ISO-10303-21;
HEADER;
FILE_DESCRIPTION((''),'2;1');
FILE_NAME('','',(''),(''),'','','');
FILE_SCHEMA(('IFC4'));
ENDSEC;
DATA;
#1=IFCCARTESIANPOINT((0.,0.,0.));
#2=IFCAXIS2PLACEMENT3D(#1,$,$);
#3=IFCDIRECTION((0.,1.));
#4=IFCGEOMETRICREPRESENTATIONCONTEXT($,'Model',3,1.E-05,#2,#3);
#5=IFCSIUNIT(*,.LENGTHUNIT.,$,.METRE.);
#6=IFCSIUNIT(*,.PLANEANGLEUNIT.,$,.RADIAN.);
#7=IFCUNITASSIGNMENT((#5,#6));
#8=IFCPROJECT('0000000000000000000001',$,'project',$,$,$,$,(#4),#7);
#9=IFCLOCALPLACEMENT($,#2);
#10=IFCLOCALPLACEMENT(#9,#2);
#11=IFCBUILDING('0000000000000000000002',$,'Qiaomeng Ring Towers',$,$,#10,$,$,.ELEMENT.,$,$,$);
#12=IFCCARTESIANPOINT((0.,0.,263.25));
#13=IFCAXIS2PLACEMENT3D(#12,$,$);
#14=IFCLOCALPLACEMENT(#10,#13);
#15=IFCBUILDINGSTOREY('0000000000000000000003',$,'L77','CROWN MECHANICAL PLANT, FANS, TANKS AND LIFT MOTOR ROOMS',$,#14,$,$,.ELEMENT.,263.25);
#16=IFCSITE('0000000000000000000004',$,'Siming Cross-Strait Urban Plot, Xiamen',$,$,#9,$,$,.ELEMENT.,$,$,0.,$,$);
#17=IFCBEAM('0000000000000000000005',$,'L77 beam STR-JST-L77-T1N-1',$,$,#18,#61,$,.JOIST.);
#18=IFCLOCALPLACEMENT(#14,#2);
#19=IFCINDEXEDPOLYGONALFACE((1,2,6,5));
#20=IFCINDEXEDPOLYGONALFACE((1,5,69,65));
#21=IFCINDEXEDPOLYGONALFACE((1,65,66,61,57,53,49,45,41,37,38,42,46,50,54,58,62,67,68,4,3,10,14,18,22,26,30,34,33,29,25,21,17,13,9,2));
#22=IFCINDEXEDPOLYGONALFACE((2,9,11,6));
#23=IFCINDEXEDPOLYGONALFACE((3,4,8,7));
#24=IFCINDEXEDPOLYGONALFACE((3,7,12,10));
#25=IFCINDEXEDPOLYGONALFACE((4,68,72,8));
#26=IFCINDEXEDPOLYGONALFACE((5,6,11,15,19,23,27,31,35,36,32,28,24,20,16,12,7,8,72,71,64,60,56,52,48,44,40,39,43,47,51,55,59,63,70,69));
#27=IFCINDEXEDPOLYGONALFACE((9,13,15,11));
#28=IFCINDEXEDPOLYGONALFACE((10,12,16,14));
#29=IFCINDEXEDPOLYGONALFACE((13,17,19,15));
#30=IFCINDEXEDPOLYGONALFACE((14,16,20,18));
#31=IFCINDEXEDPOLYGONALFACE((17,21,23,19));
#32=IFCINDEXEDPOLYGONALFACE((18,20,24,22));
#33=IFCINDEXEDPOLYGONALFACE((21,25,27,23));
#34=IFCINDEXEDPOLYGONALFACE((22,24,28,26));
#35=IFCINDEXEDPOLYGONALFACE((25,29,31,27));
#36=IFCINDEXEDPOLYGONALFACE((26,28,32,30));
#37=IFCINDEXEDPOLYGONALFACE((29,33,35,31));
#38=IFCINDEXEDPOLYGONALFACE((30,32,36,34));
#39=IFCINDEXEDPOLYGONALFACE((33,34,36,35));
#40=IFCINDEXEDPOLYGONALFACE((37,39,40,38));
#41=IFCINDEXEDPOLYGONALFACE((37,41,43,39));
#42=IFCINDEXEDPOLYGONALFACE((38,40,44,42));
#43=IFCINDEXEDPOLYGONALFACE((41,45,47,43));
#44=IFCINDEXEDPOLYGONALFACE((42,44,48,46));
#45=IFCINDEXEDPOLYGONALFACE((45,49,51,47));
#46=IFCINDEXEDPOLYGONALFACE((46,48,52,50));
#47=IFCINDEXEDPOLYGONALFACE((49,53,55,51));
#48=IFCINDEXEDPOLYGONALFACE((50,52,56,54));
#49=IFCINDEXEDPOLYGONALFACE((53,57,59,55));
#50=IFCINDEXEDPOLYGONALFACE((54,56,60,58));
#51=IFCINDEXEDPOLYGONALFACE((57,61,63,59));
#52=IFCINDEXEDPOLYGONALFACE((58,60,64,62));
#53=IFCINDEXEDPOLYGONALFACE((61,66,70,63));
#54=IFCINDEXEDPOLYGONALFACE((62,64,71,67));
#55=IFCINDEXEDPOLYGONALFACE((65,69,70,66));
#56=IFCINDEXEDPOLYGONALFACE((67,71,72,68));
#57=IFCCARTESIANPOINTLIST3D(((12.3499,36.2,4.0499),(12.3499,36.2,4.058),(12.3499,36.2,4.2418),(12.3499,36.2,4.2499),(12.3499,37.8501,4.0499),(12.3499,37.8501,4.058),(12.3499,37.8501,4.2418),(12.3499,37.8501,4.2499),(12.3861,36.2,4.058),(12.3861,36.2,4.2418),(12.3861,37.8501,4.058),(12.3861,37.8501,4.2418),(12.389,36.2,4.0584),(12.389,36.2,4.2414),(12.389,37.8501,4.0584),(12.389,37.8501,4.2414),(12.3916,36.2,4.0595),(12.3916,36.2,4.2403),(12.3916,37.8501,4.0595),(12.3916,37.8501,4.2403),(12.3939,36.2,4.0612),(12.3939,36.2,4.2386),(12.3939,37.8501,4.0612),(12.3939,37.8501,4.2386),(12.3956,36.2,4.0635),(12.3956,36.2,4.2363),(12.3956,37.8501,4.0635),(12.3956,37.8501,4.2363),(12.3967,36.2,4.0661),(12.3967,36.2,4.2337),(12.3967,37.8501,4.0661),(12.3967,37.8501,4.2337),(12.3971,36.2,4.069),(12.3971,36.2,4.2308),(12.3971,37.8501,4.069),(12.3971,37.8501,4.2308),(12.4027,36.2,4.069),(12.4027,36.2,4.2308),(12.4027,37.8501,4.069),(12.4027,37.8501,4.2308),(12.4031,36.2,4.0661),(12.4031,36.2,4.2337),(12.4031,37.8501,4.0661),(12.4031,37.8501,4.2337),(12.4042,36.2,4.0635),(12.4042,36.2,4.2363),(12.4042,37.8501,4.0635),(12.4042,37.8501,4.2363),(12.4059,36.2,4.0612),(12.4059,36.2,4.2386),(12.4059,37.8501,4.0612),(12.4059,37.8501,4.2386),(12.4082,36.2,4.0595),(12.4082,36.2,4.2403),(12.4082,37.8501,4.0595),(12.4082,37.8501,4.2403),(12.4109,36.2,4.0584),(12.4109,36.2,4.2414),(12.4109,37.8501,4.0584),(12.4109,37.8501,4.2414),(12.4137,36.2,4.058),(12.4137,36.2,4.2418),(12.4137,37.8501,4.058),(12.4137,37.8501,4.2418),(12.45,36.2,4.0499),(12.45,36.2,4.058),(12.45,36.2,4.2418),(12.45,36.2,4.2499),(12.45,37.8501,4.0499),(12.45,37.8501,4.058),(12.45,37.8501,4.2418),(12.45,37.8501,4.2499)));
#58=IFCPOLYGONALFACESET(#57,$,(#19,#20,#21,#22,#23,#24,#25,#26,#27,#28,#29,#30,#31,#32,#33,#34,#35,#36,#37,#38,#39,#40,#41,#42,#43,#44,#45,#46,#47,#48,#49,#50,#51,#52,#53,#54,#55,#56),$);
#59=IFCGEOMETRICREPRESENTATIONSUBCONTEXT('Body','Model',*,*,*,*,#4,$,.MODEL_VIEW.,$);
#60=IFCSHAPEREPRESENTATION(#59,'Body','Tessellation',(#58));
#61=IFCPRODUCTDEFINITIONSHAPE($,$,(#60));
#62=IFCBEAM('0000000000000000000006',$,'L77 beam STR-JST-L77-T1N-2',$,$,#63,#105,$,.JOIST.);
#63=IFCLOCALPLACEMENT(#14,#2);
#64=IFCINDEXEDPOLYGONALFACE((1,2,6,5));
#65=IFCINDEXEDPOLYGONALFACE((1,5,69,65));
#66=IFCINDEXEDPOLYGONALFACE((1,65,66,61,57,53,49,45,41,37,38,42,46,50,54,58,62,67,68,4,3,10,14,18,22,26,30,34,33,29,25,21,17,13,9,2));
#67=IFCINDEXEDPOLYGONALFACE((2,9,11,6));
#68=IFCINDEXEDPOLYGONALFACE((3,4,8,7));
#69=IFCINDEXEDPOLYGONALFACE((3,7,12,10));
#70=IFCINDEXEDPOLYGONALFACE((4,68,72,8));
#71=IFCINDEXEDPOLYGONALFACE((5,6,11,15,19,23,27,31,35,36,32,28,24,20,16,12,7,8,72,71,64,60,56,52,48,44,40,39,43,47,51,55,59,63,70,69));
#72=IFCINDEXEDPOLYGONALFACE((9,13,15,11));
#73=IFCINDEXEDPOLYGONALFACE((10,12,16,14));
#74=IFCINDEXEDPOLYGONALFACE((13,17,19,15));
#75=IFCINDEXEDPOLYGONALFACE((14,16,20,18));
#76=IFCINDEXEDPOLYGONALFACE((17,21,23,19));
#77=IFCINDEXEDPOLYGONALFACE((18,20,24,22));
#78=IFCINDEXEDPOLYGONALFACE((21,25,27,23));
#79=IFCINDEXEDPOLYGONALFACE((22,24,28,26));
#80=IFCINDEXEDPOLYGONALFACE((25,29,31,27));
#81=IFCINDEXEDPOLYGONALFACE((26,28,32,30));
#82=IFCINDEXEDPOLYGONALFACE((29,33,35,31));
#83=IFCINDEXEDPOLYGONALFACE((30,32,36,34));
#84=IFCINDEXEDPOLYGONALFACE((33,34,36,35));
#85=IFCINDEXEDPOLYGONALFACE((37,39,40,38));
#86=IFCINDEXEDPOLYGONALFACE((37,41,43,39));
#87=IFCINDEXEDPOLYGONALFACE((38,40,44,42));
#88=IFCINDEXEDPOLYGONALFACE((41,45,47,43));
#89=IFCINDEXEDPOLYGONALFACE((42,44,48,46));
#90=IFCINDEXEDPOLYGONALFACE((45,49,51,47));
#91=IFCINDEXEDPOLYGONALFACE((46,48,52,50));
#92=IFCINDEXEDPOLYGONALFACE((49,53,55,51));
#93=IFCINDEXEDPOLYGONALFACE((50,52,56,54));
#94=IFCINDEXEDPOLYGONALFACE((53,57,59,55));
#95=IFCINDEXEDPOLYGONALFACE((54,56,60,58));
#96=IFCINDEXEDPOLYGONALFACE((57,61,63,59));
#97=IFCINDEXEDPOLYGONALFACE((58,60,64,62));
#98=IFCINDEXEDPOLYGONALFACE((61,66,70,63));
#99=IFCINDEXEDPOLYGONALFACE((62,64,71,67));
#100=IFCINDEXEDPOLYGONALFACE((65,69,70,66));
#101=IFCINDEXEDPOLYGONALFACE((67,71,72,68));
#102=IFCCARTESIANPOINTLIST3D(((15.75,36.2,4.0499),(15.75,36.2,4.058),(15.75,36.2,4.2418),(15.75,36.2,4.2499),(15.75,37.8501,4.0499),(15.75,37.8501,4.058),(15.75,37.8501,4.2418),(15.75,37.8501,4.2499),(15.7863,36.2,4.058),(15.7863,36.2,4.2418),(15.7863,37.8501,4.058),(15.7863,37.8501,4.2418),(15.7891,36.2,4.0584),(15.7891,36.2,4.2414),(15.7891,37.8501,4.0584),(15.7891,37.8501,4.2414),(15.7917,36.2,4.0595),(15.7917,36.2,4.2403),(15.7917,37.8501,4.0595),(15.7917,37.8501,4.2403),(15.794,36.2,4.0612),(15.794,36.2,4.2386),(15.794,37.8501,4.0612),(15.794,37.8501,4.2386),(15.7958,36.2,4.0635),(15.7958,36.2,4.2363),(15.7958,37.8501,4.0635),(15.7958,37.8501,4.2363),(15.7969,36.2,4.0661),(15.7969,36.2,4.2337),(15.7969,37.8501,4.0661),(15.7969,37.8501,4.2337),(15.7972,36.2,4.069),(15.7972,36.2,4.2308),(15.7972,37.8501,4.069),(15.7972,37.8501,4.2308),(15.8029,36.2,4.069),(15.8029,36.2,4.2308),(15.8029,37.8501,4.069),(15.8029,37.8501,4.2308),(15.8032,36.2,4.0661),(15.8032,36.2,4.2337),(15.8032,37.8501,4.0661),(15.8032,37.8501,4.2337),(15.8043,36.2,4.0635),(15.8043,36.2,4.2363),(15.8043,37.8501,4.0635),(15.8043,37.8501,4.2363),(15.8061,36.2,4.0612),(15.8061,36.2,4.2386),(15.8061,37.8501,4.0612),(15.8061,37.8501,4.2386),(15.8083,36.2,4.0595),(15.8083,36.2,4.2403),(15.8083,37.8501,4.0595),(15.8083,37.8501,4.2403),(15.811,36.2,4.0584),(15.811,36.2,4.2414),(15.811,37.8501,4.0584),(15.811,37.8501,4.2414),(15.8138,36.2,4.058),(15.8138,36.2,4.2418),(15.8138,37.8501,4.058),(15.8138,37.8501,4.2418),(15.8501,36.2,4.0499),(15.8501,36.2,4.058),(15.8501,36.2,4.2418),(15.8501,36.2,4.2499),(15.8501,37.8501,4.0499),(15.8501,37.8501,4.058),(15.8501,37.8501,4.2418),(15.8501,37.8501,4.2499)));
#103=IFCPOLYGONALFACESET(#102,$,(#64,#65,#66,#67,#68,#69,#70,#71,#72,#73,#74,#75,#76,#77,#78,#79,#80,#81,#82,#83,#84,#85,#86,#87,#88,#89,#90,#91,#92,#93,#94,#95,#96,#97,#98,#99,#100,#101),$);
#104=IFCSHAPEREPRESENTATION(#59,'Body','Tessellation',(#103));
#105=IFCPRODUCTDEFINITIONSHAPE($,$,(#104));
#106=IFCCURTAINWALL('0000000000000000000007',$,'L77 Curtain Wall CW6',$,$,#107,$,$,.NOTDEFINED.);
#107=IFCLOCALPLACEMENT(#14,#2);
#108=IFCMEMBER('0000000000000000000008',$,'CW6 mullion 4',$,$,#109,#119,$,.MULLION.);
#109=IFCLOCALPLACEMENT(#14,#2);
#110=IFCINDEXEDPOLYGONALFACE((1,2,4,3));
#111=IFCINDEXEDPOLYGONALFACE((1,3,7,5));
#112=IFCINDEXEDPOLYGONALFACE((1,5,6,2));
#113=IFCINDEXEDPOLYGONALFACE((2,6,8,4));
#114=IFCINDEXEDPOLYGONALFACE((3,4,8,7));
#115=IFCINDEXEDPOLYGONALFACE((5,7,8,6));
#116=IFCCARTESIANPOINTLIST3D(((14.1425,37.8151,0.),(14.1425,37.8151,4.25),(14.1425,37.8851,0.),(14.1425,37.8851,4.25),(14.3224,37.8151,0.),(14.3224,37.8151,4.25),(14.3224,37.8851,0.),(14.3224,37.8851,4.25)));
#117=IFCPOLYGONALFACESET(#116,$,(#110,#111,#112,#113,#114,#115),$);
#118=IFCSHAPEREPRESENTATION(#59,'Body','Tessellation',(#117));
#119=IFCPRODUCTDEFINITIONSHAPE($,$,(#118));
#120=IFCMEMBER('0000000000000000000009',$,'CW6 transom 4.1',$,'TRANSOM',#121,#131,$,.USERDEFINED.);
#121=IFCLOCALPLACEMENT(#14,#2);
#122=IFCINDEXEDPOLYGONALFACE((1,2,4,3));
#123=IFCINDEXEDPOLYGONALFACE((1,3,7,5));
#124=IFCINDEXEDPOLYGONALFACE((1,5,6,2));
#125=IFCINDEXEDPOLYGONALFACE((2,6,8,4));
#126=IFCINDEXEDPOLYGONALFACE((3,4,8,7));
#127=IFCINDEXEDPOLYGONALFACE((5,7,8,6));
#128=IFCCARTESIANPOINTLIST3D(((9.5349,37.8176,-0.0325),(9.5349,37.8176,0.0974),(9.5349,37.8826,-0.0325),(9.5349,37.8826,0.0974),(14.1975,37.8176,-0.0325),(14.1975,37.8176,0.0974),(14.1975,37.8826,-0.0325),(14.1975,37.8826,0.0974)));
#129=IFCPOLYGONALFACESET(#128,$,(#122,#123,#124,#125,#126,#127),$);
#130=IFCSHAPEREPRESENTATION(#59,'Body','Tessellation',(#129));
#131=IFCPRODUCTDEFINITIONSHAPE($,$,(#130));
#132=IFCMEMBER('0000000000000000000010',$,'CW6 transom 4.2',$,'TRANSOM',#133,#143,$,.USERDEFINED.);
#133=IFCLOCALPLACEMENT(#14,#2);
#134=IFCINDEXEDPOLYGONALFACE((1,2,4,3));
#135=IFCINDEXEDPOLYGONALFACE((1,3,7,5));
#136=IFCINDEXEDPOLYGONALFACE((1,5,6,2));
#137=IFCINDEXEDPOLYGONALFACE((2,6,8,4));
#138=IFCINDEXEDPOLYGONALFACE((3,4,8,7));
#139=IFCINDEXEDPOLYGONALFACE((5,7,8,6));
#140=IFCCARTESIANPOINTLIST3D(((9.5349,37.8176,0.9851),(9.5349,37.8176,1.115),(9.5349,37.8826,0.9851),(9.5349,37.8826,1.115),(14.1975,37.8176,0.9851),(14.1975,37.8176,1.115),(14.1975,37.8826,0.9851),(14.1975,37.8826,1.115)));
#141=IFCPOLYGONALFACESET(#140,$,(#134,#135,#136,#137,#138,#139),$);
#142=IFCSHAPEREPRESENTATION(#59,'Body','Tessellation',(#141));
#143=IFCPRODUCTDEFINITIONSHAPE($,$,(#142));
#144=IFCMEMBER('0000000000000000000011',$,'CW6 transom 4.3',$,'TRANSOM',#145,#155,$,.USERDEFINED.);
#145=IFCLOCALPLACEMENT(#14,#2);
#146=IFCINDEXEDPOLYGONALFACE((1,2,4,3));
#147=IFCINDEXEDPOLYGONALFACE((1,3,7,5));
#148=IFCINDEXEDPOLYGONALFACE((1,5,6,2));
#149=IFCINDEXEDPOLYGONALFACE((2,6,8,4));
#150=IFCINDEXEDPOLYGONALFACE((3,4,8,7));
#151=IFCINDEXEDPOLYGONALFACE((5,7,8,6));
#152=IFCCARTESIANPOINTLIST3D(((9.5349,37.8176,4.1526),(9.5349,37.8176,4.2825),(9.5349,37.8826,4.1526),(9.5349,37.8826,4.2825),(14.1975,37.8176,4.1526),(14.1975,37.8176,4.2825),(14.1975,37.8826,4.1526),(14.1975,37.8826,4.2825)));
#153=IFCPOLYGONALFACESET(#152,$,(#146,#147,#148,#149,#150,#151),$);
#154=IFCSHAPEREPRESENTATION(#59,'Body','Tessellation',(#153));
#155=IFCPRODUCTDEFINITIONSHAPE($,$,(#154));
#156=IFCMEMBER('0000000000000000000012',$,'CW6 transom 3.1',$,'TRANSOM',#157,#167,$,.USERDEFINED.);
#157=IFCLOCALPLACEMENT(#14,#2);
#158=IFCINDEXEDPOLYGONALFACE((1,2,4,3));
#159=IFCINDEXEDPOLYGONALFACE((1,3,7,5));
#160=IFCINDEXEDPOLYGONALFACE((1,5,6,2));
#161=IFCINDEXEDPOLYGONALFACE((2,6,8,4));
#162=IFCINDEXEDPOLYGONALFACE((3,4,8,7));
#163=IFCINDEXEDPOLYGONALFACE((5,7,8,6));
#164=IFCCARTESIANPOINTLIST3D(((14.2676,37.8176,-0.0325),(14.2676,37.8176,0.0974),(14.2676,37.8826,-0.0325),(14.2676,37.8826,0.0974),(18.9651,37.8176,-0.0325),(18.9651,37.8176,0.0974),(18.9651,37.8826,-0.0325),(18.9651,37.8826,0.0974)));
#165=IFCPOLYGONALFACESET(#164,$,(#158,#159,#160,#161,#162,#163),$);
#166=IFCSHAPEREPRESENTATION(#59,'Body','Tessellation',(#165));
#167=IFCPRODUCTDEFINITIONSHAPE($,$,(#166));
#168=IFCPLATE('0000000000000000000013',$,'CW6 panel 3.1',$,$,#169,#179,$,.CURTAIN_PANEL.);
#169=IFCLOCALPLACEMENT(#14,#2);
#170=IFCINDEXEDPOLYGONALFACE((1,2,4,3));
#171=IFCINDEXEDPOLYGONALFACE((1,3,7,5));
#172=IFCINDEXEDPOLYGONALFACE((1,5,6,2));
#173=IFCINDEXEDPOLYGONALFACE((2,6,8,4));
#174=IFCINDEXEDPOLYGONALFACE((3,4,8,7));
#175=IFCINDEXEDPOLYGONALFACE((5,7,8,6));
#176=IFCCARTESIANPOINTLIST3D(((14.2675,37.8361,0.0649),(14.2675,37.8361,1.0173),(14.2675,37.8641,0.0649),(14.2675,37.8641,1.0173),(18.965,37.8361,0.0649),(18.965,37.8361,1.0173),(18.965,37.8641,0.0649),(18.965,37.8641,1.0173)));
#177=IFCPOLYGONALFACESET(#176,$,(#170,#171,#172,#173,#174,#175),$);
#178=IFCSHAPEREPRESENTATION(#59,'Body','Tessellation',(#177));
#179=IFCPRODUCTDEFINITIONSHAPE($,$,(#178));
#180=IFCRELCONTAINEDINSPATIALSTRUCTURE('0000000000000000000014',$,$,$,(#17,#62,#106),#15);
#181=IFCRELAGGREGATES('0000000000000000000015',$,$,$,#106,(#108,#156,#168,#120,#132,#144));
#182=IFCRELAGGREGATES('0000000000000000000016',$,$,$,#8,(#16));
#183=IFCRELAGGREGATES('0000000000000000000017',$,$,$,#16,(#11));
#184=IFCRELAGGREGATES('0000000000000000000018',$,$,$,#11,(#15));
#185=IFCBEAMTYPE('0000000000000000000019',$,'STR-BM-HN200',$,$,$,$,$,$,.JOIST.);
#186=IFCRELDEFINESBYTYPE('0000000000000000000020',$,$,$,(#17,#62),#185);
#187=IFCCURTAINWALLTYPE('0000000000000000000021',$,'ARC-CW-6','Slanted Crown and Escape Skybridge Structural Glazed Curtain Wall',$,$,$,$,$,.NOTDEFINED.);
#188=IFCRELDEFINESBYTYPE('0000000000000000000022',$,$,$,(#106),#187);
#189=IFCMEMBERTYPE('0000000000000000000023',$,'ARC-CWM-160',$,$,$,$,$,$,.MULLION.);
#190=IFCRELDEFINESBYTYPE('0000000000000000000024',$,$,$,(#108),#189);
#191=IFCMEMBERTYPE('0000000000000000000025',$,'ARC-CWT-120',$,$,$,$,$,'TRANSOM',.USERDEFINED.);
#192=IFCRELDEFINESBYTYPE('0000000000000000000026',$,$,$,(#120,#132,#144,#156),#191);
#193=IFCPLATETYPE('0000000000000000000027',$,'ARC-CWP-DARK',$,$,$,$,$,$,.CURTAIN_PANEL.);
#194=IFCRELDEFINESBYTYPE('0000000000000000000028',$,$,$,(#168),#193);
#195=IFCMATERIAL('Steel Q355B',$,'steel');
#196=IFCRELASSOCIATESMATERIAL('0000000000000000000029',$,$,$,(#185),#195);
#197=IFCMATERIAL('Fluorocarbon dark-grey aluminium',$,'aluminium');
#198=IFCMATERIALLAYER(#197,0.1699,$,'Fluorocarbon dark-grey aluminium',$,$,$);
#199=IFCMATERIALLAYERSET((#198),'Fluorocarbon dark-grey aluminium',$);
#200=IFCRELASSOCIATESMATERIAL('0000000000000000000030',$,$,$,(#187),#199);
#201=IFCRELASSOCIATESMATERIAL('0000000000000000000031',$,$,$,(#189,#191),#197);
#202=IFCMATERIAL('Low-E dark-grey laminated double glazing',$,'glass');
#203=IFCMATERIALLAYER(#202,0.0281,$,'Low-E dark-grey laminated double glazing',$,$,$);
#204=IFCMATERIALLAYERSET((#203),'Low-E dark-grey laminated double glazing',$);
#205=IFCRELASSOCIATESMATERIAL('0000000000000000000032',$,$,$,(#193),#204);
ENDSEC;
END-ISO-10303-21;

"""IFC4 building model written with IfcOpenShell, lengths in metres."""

from ifc_helpers import new_model, si_unit, direction, frame, origin, origin_2d, place, context, subcontext, project, spatial, rectangle, i_section, extrude, source, transform, mapped, material, layer, layer_set, material_profile, profile_set, type_object, element, aggregate, save


model = new_model("IFC4")

# Units and contexts
model_context = context("Model", 3, precision=1e-05, world=origin(), true_north=direction((0.0, 1.0)))
body_context = subcontext(model_context, "Body", "Model", "MODEL_VIEW")
ifc_project = project(units=[si_unit("LENGTHUNIT", "METRE"), si_unit("PLANEANGLEUNIT", "RADIAN")], contexts=[model_context])

# Site, building, storey
site_placement = place(None, origin())
site = spatial("IfcSite", under=ifc_project, at=site_placement, Name="Siming Cross-Strait Urban Plot, Xiamen", CompositionType="ELEMENT", RefElevation=0.0)
building_placement = place(site_placement, origin())
building = spatial("IfcBuilding", under=site, at=building_placement, Name="Qiaomeng Ring Towers", CompositionType="ELEMENT")
storey_placement = place(building_placement, frame((0.0, 0.0, 263.25)))
storey = spatial("IfcBuildingStorey", under=building, at=storey_placement, Name="L77", Description="CROWN MECHANICAL PLANT, FANS, TANKS AND LIFT MOTOR ROOMS", CompositionType="ELEMENT", Elevation=263.25)

# Beams
ifc_material_1 = material(Name="Steel Q355B", Category="steel")
ifc_material_profile_1 = material_profile(ifc_material_1, i_section(OverallWidth=0.1001, OverallDepth=0.2, WebThickness=0.0056, FlangeThickness=0.0081, FilletRadius=0.011, at=origin_2d()), Name="HN 200x100x5.5x8")
ifc_profile_set_1 = profile_set([ifc_material_profile_1], Name="Steel Q355B")
beam_type = type_object("IfcBeamType", Name="STR-BM-HN200", PredefinedType="JOIST", material=ifc_profile_set_1)
shared_shape_1 = source(origin(), body_context, "Body", "SweptSolid", [
    extrude(i_section(OverallWidth=0.1001, OverallDepth=0.2, WebThickness=0.0056, FlangeThickness=0.0081, FilletRadius=0.011, at=origin_2d()), origin(), (0.0, 0.0, 1.0), 1.6501),
])
for number, where, z_axis, x_axis, name in (
    (1, (12.3999, 36.2, 4.1499), (0.0, 1.0, 0.0), (-1.0, 0.0, 0.0), "L77 beam STR-JST-L77-T1N-1"),
    (2, (15.8, 36.2, 4.1499), (0.0, 1.0, 0.0), (-1.0, 0.0, 0.0), "L77 beam STR-JST-L77-T1N-2"),
):
    element("IfcBeam", number, at=place(storey_placement, frame(where, z_axis=z_axis, x_axis=x_axis)), inside=storey, type_object=beam_type, Name=name, PredefinedType="JOIST", context=body_context, shape_type="MappedRepresentation", body=[
        mapped(shared_shape_1, transform((0.0, 0.0, 0.0), x_axis=(1.0, 0.0, 0.0), y_axis=(0.0, 1.0, 0.0), z_axis=(0.0, 0.0, 1.0), scale=1.0)),
    ])

# Curtain wall, members, plate
ifc_material_2 = material(Name="Fluorocarbon dark-grey aluminium", Category="aluminium")
ifc_layer_1 = layer(ifc_material_2, 0.1699, Name="Fluorocarbon dark-grey aluminium")
ifc_layer_set_1 = layer_set([ifc_layer_1], Name="Fluorocarbon dark-grey aluminium")
curtain_wall_type = type_object("IfcCurtainWallType", Name="ARC-CW-6", Description="Slanted Crown and Escape Skybridge Structural Glazed Curtain Wall", PredefinedType="NOTDEFINED", material=ifc_layer_set_1)
curtain_wall_placement = place(storey_placement, origin())
curtain_wall = element("IfcCurtainWall", 3, at=curtain_wall_placement, inside=storey, type_object=curtain_wall_type, Name="L77 Curtain Wall CW6", PredefinedType="NOTDEFINED")
ifc_material_profile_2 = material_profile(ifc_material_2, rectangle(XDim=0.0701, YDim=0.1799, at=origin_2d()), Name="ALU MULL 70x180")
ifc_profile_set_2 = profile_set([ifc_material_profile_2], Name="Fluorocarbon dark-grey aluminium")
member_type_1 = type_object("IfcMemberType", Name="ARC-CWM-160", PredefinedType="MULLION", material=ifc_profile_set_2)
shared_shape_2 = source(origin(), body_context, "Body", "SweptSolid", [
    extrude(rectangle(XDim=0.0701, YDim=0.1799, at=origin_2d()), origin(), (0.0, 0.0, 1.0), 4.25),
])
member_1_placement = place(storey_placement, frame((14.2324, 37.8501, 0.0), z_axis=(0.0, 0.0, 1.0), x_axis=(0.0, -1.0, 0.0)))
member_1 = element("IfcMember", 4, at=member_1_placement, type_object=member_type_1, Name="CW6 mullion 4", PredefinedType="MULLION", context=body_context, shape_type="MappedRepresentation", body=[
    mapped(shared_shape_2, transform((0.0, 0.0, 0.0), x_axis=(1.0, 0.0, 0.0), y_axis=(0.0, 1.0, 0.0), z_axis=(0.0, 0.0, 1.0), scale=1.0)),
])
ifc_material_profile_3 = material_profile(ifc_material_2, rectangle(XDim=0.0649, YDim=0.1299, at=origin_2d()), Name="ALU TRAN 65x130")
ifc_profile_set_3 = profile_set([ifc_material_profile_3], Name="Fluorocarbon dark-grey aluminium")
member_type_2 = type_object("IfcMemberType", Name="ARC-CWT-120", ElementType="TRANSOM", PredefinedType="USERDEFINED", material=ifc_profile_set_3)
shared_shape_3 = source(origin(), body_context, "Body", "SweptSolid", [
    extrude(rectangle(XDim=0.0649, YDim=0.1299, at=origin_2d()), origin(), (0.0, 0.0, 1.0), 4.6626),
])
member_2_placement = place(storey_placement, frame((14.1975, 37.8501, 0.0325), z_axis=(-1.0, 0.0, 0.0), x_axis=(0.0, -1.0, 0.0)))
member_2 = element("IfcMember", 5, at=member_2_placement, type_object=member_type_2, Name="CW6 transom 4.1", ObjectType="TRANSOM", PredefinedType="USERDEFINED", context=body_context, shape_type="MappedRepresentation", body=[
    mapped(shared_shape_3, transform((0.0, 0.0, 0.0), x_axis=(1.0, 0.0, 0.0), y_axis=(0.0, 1.0, 0.0), z_axis=(0.0, 0.0, 1.0), scale=1.0)),
])
member_3_placement = place(storey_placement, frame((14.1975, 37.8501, 1.05), z_axis=(-1.0, 0.0, 0.0), x_axis=(0.0, -1.0, 0.0)))
member_3 = element("IfcMember", 6, at=member_3_placement, type_object=member_type_2, Name="CW6 transom 4.2", ObjectType="TRANSOM", PredefinedType="USERDEFINED", context=body_context, shape_type="MappedRepresentation", body=[
    mapped(shared_shape_3, transform((0.0, 0.0, 0.0), x_axis=(1.0, 0.0, 0.0), y_axis=(0.0, 1.0, 0.0), z_axis=(0.0, 0.0, 1.0), scale=1.0)),
])
member_4_placement = place(storey_placement, frame((14.1975, 37.8501, 4.2175), z_axis=(-1.0, 0.0, 0.0), x_axis=(0.0, -1.0, 0.0)))
member_4 = element("IfcMember", 7, at=member_4_placement, type_object=member_type_2, Name="CW6 transom 4.3", ObjectType="TRANSOM", PredefinedType="USERDEFINED", context=body_context, shape_type="MappedRepresentation", body=[
    mapped(shared_shape_3, transform((0.0, 0.0, 0.0), x_axis=(1.0, 0.0, 0.0), y_axis=(0.0, 1.0, 0.0), z_axis=(0.0, 0.0, 1.0), scale=1.0)),
])
shared_shape_4 = source(origin(), body_context, "Body", "SweptSolid", [
    extrude(rectangle(XDim=0.0649, YDim=0.1299, at=origin_2d()), origin(), (0.0, 0.0, 1.0), 4.6975),
])
member_5_placement = place(storey_placement, frame((18.9651, 37.8501, 0.0325), z_axis=(-1.0, 0.0, 0.0), x_axis=(0.0, -1.0, 0.0)))
member_5 = element("IfcMember", 8, at=member_5_placement, type_object=member_type_2, Name="CW6 transom 3.1", ObjectType="TRANSOM", PredefinedType="USERDEFINED", context=body_context, shape_type="MappedRepresentation", body=[
    mapped(shared_shape_4, transform((0.0, 0.0, 0.0), x_axis=(1.0, 0.0, 0.0), y_axis=(0.0, 1.0, 0.0), z_axis=(0.0, 0.0, 1.0), scale=1.0)),
])
ifc_material_3 = material(Name="Low-E dark-grey laminated double glazing", Category="glass")
ifc_layer_2 = layer(ifc_material_3, 0.0281, Name="Low-E dark-grey laminated double glazing")
ifc_layer_set_2 = layer_set([ifc_layer_2], Name="Low-E dark-grey laminated double glazing")
plate_type = type_object("IfcPlateType", Name="ARC-CWP-DARK", PredefinedType="CURTAIN_PANEL", material=ifc_layer_set_2)
shared_shape_5 = source(origin(), body_context, "Body", "SweptSolid", [
    extrude(rectangle(XDim=4.6975, YDim=0.0281, at=origin_2d()), origin(), (0.0, 0.0, 1.0), 0.9524),
])
plate_1_placement = place(storey_placement, frame((16.6162, 37.8501, 0.0649), z_axis=(0.0, 0.0, 1.0), x_axis=(-1.0, 0.0, 0.0)))
plate_1 = element("IfcPlate", 9, at=plate_1_placement, type_object=plate_type, Name="CW6 panel 3.1", PredefinedType="CURTAIN_PANEL", context=body_context, shape_type="MappedRepresentation", body=[
    mapped(shared_shape_5, transform((0.0, 0.0, 0.0), x_axis=(1.0, 0.0, 0.0), y_axis=(0.0, 1.0, 0.0), z_axis=(0.0, 0.0, 1.0), scale=1.0)),
])
aggregate(curtain_wall, [member_1, member_5, plate_1, member_2, member_3, member_4])

save(model, "model.ifc")
